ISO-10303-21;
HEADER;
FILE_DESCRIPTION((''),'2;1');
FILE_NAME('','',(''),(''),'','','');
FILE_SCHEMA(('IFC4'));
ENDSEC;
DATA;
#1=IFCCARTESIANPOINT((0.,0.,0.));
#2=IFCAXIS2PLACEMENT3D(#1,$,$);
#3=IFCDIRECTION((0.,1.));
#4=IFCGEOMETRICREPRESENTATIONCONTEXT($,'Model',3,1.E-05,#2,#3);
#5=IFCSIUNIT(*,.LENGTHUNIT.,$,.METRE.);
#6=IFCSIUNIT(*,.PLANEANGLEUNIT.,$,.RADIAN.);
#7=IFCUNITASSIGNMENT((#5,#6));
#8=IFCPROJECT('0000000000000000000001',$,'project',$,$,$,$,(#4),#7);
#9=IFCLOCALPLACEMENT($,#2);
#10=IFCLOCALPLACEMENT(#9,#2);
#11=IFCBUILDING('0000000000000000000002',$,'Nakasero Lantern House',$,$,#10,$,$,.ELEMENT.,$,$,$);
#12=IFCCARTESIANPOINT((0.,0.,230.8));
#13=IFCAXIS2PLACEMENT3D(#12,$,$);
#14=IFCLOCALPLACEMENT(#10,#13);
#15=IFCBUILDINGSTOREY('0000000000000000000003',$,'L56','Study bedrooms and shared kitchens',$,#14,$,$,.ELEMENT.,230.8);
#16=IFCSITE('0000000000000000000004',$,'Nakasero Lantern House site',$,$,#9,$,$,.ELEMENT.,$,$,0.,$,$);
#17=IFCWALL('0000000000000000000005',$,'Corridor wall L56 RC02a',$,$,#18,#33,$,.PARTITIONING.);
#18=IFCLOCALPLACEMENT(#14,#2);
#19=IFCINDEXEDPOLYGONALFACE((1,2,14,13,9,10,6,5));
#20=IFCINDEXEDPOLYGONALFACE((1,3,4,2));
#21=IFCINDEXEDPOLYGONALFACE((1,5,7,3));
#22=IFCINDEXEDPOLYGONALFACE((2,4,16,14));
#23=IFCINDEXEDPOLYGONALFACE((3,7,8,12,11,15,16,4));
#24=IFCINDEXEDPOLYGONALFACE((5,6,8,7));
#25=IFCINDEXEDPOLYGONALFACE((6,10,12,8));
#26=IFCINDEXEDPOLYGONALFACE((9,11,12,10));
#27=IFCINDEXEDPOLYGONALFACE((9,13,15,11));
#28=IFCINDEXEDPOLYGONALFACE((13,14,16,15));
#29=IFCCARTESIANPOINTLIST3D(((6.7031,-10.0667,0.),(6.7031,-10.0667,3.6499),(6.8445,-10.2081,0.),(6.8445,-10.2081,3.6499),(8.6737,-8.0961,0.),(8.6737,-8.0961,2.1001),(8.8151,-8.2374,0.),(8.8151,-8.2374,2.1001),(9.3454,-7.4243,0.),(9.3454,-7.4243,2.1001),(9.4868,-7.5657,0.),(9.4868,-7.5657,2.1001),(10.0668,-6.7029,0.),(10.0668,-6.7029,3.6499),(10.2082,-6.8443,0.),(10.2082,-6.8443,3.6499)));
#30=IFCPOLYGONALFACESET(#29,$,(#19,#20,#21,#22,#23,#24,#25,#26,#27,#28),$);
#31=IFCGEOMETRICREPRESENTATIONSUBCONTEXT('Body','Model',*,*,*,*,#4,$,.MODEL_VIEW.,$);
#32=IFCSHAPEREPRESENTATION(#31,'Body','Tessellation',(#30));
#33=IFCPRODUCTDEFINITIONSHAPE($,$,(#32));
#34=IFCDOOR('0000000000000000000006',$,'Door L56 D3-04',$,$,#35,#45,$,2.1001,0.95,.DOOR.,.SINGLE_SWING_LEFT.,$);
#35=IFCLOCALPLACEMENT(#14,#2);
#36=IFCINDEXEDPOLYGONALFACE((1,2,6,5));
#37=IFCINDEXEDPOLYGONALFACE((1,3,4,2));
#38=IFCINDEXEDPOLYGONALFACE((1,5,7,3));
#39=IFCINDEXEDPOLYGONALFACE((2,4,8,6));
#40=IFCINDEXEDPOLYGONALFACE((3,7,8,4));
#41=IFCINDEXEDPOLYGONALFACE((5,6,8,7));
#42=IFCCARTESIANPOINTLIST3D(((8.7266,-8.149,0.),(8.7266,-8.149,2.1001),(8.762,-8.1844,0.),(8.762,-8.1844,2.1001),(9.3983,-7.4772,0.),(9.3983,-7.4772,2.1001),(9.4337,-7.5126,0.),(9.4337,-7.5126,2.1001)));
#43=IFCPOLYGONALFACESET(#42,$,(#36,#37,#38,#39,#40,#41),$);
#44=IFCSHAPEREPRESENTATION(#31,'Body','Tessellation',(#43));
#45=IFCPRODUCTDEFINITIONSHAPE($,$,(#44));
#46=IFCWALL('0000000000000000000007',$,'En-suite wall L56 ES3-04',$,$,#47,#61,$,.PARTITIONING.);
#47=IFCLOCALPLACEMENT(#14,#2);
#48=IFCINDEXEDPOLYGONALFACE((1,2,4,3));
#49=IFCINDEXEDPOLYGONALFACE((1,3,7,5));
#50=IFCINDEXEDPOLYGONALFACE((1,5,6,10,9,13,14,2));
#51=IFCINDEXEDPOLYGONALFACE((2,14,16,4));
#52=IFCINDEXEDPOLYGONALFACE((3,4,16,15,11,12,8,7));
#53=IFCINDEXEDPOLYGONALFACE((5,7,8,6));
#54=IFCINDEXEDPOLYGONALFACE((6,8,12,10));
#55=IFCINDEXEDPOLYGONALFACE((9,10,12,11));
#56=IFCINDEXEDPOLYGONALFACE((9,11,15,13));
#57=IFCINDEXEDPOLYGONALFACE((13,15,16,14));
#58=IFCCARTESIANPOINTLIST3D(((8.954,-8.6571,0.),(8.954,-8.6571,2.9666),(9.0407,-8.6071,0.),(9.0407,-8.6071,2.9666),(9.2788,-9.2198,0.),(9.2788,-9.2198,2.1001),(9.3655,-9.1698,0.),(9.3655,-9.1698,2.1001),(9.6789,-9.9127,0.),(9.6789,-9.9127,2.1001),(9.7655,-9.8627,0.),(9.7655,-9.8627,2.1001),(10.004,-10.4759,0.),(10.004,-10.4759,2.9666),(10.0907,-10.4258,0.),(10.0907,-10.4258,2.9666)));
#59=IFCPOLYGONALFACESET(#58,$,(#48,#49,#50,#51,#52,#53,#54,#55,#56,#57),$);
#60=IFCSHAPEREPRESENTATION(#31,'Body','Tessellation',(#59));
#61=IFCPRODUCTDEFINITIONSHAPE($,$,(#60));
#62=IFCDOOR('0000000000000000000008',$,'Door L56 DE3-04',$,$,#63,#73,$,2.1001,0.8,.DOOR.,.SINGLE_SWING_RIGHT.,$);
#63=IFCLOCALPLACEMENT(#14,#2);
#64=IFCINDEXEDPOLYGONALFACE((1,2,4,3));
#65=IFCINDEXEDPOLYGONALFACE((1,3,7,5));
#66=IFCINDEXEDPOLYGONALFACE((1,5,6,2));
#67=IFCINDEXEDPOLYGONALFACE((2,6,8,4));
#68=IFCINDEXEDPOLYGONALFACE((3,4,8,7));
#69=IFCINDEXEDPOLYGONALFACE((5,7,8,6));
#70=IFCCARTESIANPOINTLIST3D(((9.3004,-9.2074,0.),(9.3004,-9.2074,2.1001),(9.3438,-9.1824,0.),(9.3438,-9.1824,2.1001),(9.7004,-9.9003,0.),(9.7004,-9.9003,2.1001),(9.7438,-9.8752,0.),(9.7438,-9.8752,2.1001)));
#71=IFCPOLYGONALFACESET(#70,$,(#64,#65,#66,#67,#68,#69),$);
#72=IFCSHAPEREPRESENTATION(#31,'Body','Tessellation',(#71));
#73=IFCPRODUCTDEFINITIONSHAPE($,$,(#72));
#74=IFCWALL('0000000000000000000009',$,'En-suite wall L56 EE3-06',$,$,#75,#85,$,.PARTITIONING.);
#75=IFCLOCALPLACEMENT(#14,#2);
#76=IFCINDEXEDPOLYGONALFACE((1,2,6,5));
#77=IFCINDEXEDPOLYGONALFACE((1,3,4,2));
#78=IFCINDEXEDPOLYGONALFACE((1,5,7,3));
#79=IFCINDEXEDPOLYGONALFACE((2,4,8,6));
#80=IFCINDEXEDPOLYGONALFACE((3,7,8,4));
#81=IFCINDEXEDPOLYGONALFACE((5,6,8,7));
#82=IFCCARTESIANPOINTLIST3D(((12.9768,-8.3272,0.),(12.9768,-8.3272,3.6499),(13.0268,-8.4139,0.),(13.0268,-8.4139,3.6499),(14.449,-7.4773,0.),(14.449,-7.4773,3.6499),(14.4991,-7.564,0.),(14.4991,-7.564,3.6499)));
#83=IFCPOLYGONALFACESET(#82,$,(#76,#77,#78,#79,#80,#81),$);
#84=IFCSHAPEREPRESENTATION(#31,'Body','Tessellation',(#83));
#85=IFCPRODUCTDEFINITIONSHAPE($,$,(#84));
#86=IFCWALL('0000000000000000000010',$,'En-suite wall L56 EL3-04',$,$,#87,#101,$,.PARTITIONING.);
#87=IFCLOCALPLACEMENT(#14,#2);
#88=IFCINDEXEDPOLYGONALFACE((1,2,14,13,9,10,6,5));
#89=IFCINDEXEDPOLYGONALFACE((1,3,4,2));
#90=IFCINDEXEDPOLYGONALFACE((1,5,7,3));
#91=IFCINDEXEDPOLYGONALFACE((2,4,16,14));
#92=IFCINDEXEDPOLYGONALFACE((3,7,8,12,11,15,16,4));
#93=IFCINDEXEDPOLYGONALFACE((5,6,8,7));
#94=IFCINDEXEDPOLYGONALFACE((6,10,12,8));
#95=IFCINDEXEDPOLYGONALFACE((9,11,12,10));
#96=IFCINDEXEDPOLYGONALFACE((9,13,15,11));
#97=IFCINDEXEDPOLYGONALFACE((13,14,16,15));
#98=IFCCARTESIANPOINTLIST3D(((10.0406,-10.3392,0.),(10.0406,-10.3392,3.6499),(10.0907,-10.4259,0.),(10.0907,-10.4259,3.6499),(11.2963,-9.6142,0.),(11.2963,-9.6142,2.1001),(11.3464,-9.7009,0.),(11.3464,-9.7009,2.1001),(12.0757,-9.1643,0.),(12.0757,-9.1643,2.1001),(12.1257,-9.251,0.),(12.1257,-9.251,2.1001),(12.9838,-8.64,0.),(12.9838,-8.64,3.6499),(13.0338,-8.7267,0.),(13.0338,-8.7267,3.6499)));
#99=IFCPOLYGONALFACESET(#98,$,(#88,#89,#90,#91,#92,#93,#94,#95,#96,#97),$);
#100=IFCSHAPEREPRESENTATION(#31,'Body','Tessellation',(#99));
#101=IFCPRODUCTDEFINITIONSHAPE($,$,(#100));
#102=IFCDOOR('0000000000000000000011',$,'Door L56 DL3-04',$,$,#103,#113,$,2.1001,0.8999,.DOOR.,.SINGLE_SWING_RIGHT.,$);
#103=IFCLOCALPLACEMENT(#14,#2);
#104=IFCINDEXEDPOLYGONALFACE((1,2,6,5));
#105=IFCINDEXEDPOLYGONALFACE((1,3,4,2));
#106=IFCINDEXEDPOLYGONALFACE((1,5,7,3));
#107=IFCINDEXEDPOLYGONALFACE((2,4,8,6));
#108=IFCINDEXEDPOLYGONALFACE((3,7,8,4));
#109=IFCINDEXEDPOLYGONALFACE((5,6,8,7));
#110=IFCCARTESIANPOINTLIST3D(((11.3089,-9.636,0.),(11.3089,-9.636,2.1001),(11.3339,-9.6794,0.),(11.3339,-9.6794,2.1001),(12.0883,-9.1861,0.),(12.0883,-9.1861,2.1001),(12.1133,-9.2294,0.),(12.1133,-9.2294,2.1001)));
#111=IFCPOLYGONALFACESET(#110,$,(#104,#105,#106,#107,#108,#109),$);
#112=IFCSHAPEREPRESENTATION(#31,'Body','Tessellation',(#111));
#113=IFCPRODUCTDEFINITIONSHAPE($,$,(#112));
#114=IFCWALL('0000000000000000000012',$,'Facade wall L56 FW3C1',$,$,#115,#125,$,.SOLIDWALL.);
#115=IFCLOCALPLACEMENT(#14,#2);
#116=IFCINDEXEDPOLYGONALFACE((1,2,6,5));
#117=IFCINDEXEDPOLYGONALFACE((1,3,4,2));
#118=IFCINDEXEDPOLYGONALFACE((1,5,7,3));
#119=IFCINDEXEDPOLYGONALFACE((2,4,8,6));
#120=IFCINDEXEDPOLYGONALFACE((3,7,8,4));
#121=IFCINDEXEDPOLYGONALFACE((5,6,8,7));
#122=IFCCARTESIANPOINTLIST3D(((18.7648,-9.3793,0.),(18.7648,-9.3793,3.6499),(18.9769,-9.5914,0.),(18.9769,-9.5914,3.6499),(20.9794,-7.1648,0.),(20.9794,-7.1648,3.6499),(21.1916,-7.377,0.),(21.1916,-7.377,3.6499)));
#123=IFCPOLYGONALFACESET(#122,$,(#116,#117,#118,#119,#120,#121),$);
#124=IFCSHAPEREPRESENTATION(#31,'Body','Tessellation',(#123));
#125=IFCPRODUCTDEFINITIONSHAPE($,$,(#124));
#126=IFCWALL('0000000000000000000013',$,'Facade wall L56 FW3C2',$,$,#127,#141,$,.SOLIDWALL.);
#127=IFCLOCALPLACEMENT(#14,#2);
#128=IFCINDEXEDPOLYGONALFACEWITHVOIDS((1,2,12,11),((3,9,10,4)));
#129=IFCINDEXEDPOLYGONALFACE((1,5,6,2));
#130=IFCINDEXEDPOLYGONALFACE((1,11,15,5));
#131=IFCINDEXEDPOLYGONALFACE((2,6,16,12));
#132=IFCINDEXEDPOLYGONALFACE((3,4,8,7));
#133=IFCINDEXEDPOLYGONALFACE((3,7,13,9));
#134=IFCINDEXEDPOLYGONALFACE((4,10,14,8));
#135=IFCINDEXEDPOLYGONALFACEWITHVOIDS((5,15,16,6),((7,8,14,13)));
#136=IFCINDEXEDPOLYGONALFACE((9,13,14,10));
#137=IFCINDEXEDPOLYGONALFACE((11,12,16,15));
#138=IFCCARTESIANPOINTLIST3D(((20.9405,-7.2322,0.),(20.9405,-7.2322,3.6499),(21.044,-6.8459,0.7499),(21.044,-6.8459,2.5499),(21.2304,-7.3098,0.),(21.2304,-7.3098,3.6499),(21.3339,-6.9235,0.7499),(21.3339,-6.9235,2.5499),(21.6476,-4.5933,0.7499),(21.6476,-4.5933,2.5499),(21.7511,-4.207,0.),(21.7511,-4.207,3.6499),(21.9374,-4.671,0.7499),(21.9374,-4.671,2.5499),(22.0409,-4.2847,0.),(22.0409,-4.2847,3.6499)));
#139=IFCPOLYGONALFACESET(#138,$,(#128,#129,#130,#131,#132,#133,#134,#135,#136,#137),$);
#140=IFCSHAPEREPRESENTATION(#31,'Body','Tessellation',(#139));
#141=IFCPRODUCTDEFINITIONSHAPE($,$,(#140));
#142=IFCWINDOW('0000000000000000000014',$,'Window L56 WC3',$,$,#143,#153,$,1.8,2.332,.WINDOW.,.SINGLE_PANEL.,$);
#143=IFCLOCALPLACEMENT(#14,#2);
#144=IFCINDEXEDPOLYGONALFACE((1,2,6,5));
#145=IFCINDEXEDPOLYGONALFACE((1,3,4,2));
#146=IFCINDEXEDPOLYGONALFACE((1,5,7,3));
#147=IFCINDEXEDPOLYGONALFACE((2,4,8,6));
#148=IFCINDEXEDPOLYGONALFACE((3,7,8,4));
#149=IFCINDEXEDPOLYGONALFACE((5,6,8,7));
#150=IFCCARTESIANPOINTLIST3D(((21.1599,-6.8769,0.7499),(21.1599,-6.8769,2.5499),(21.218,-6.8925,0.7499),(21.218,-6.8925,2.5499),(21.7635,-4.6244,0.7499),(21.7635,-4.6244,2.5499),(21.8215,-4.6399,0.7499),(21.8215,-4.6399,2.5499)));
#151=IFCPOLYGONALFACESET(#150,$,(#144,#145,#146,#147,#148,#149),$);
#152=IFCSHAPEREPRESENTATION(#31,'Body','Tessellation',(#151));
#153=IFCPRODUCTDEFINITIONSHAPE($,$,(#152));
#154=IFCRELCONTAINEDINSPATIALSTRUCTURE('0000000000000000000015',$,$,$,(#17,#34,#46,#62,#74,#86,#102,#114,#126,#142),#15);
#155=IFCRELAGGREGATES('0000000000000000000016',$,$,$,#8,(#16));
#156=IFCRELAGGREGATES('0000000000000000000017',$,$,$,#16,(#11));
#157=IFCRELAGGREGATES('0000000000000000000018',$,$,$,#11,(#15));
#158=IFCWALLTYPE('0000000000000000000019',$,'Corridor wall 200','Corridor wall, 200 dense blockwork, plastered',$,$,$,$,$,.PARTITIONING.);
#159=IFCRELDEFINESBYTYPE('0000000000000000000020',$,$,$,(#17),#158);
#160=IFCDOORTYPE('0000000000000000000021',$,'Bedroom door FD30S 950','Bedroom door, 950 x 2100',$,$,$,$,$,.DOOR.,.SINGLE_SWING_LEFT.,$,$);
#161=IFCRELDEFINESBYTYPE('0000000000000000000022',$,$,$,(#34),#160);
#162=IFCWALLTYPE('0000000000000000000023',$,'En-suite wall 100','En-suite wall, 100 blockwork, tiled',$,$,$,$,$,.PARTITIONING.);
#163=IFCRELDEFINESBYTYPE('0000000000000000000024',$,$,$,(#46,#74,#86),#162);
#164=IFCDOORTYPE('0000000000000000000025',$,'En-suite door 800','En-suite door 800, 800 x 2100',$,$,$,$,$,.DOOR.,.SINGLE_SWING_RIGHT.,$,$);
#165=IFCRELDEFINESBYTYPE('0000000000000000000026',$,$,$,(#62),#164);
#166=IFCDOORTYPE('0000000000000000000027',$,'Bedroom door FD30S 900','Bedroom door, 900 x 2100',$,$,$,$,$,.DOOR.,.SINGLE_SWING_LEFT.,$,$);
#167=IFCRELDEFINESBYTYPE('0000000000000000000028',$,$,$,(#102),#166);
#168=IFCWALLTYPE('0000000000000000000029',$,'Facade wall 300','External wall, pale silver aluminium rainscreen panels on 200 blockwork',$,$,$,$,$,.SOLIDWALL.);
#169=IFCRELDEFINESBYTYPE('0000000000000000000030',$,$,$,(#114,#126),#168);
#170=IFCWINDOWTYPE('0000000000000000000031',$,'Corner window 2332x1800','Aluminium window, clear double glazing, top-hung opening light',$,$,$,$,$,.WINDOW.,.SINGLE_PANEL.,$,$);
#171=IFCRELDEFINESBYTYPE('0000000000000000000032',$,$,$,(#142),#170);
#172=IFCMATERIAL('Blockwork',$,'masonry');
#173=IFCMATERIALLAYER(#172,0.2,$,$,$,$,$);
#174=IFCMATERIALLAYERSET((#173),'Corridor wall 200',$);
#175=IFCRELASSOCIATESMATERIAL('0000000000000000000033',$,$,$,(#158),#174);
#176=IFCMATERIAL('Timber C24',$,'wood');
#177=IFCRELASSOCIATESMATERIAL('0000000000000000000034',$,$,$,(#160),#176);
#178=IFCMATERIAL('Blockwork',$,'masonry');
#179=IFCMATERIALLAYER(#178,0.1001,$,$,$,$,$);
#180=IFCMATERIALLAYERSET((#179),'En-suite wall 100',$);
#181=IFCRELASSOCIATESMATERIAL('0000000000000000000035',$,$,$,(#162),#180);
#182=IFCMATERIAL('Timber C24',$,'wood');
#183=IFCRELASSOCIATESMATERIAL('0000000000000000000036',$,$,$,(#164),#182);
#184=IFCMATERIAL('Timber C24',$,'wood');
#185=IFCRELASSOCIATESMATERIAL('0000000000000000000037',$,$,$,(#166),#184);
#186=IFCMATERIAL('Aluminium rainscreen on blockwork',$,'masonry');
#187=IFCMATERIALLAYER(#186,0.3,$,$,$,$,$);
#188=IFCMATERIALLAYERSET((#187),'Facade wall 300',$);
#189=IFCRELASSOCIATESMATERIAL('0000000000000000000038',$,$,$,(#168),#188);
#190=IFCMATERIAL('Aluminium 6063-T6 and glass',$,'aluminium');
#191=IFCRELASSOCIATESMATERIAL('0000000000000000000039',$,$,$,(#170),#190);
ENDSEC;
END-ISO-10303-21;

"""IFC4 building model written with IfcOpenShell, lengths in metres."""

from ifc_helpers import new_model, si_unit, direction, frame, frame_2d, origin, place, context, subcontext, project, spatial, rectangle, extrude, material, layer, layer_set, type_object, element, fill, save


model = new_model("IFC4")

# Units and contexts
model_context = context("Model", 3, precision=1e-05, world=origin(), true_north=direction((0.0, 1.0)))
body_context = subcontext(model_context, "Body", "Model", "MODEL_VIEW")
ifc_project = project(units=[si_unit("LENGTHUNIT", "METRE"), si_unit("PLANEANGLEUNIT", "RADIAN")], contexts=[model_context])

# Site, building, storey
site_placement = place(None, origin())
site = spatial("IfcSite", under=ifc_project, at=site_placement, Name="Nakasero Lantern House site", CompositionType="ELEMENT", RefElevation=0.0)
building_placement = place(site_placement, origin())
building = spatial("IfcBuilding", under=site, at=building_placement, Name="Nakasero Lantern House", CompositionType="ELEMENT")
storey_placement = place(building_placement, frame((0.0, 0.0, 230.8)))
storey = spatial("IfcBuildingStorey", under=building, at=storey_placement, Name="L56", Description="Study bedrooms and shared kitchens", CompositionType="ELEMENT", Elevation=230.8)

# Walls, openings, doors
ifc_material_1 = material(Name="Blockwork", Category="masonry")
ifc_layer_1 = layer(ifc_material_1, 0.2)
ifc_layer_set_1 = layer_set([ifc_layer_1], Name="Corridor wall 200")
wall_type_1 = type_object("IfcWallType", Name="Corridor wall 200", Description="Corridor wall, 200 dense blockwork, plastered", PredefinedType="PARTITIONING", material=ifc_layer_set_1)
wall_1_placement = place(storey_placement, frame((10.1375, -6.7737, 0.0), z_axis=(0.0, 0.0, 1.0), x_axis=(-0.707107, -0.707107, 0.0)))
wall_1 = element("IfcWall", 1, at=wall_1_placement, inside=storey, type_object=wall_type_1, Name="Corridor wall L56 RC02a", PredefinedType="PARTITIONING", context=body_context, shape_type="SweptSolid", body=[
    extrude(rectangle(XDim=4.7571, YDim=0.2, at=frame_2d((2.3784, 0.0))), origin(), (0.0, 0.0, 1.0), 3.6499),
])
opening_1_placement = place(wall_1_placement, frame((1.02, 0.0, 0.0)))
opening_1 = element("IfcOpeningElement", 2, at=opening_1_placement, cuts=wall_1, PredefinedType="OPENING", context=body_context, shape_type="SweptSolid", body=[
    extrude(rectangle(XDim=0.95, YDim=2.1001, at=frame_2d((0.4751, 1.05))), frame((0.0, 0.1199, 0.0), z_axis=(0.0, -1.0, 0.0), x_axis=(1.0, 0.0, 0.0)), (0.0, 0.0, 1.0), 0.24),
])
ifc_material_2 = material(Name="Timber C24", Category="wood")
door_type_1 = type_object("IfcDoorType", Name="Bedroom door FD30S 950", Description="Bedroom door, 950 x 2100", OperationType="SINGLE_SWING_LEFT", PredefinedType="DOOR", material=ifc_material_2)
door_1_placement = place(opening_1_placement, origin())
door_1 = element("IfcDoor", 3, at=door_1_placement, inside=storey, type_object=door_type_1, Name="Door L56 D3-04", OperationType="SINGLE_SWING_LEFT", OverallHeight=2.1001, OverallWidth=0.95, PredefinedType="DOOR", context=body_context, shape_type="SweptSolid", body=[
    extrude(rectangle(XDim=0.95, YDim=2.1001, at=frame_2d((0.4751, 1.05))), frame((0.0, 0.0249, 0.0), z_axis=(0.0, -1.0, 0.0), x_axis=(1.0, 0.0, 0.0)), (0.0, 0.0, 1.0), 0.05),
])
fill(opening_1, door_1)
ifc_material_3 = material(Name="Blockwork", Category="masonry")
ifc_layer_2 = layer(ifc_material_3, 0.1001)
ifc_layer_set_2 = layer_set([ifc_layer_2], Name="En-suite wall 100")
wall_type_2 = type_object("IfcWallType", Name="En-suite wall 100", Description="En-suite wall, 100 blockwork, tiled", PredefinedType="PARTITIONING", material=ifc_layer_set_2)
wall_2_placement = place(storey_placement, frame((8.9973, -8.6321, 0.0), z_axis=(0.0, 0.0, 1.0), x_axis=(0.499977, -0.866038, 0.0)))
wall_2 = element("IfcWall", 4, at=wall_2_placement, inside=storey, type_object=wall_type_2, Name="En-suite wall L56 ES3-04", PredefinedType="PARTITIONING", context=body_context, shape_type="SweptSolid", body=[
    extrude(rectangle(XDim=2.1001, YDim=0.1001, at=frame_2d((1.05, 0.0))), origin(), (0.0, 0.0, 1.0), 2.9666),
])
opening_2_placement = place(wall_2_placement, frame((0.6499, 0.0, 0.0)))
opening_2 = element("IfcOpeningElement", 5, at=opening_2_placement, cuts=wall_2, PredefinedType="OPENING", context=body_context, shape_type="SweptSolid", body=[
    extrude(rectangle(XDim=0.8, YDim=2.1001, at=frame_2d((0.3999, 1.05))), frame((0.0, 0.0701, 0.0), z_axis=(0.0, -1.0, 0.0), x_axis=(1.0, 0.0, 0.0)), (0.0, 0.0, 1.0), 0.1401),
])
ifc_material_4 = material(Name="Timber C24", Category="wood")
door_type_2 = type_object("IfcDoorType", Name="En-suite door 800", Description="En-suite door 800, 800 x 2100", OperationType="SINGLE_SWING_RIGHT", PredefinedType="DOOR", material=ifc_material_4)
door_2_placement = place(opening_2_placement, origin())
door_2 = element("IfcDoor", 6, at=door_2_placement, inside=storey, type_object=door_type_2, Name="Door L56 DE3-04", OperationType="SINGLE_SWING_RIGHT", OverallHeight=2.1001, OverallWidth=0.8, PredefinedType="DOOR", context=body_context, shape_type="SweptSolid", body=[
    extrude(rectangle(XDim=0.8, YDim=2.1001, at=frame_2d((0.3999, 1.05))), frame((0.0, 0.0249, 0.0), z_axis=(0.0, -1.0, 0.0), x_axis=(1.0, 0.0, 0.0)), (0.0, 0.0, 1.0), 0.05),
])
fill(opening_2, door_2)

# Wall
wall_3_placement = place(storey_placement, frame((13.0017, -8.3706, 0.0), z_axis=(0.0, 0.0, 1.0), x_axis=(0.866052, 0.499955, 0.0)))
element("IfcWall", 7, at=wall_3_placement, inside=storey, type_object=wall_type_2, Name="En-suite wall L56 EE3-06", PredefinedType="PARTITIONING", context=body_context, shape_type="SweptSolid", body=[
    extrude(rectangle(XDim=1.7, YDim=0.1001, at=frame_2d((0.8501, 0.0))), origin(), (0.0, 0.0, 1.0), 3.6499),
])

# Wall, opening, door
wall_4_placement = place(storey_placement, frame((10.0657, -10.3826, 0.0), z_axis=(0.0, 0.0, 1.0), x_axis=(0.866024, 0.500002, 0.0)))
wall_4 = element("IfcWall", 8, at=wall_4_placement, inside=storey, type_object=wall_type_2, Name="En-suite wall L56 EL3-04", PredefinedType="PARTITIONING", context=body_context, shape_type="SweptSolid", body=[
    extrude(rectangle(XDim=3.3984, YDim=0.1001, at=frame_2d((1.6992, 0.0))), origin(), (0.0, 0.0, 1.0), 3.6499),
])
opening_3_placement = place(wall_4_placement, frame((1.45, 0.0, 0.0)))
opening_3 = element("IfcOpeningElement", 9, at=opening_3_placement, cuts=wall_4, PredefinedType="OPENING", context=body_context, shape_type="SweptSolid", body=[
    extrude(rectangle(XDim=0.8999, YDim=2.1001, at=frame_2d((0.45, 1.05))), frame((0.0, 0.0701, 0.0), z_axis=(0.0, -1.0, 0.0), x_axis=(1.0, 0.0, 0.0)), (0.0, 0.0, 1.0), 0.1401),
])
ifc_material_5 = material(Name="Timber C24", Category="wood")
door_type_3 = type_object("IfcDoorType", Name="Bedroom door FD30S 900", Description="Bedroom door, 900 x 2100", OperationType="SINGLE_SWING_LEFT", PredefinedType="DOOR", material=ifc_material_5)
door_3_placement = place(opening_3_placement, origin())
door_3 = element("IfcDoor", 10, at=door_3_placement, inside=storey, type_object=door_type_3, Name="Door L56 DL3-04", OperationType="SINGLE_SWING_RIGHT", OverallHeight=2.1001, OverallWidth=0.8999, PredefinedType="DOOR", context=body_context, shape_type="SweptSolid", body=[
    extrude(rectangle(XDim=0.8999, YDim=2.1001, at=frame_2d((0.45, 1.05))), frame((0.0, 0.0249, 0.0), z_axis=(0.0, -1.0, 0.0), x_axis=(1.0, 0.0, 0.0)), (0.0, 0.0, 1.0), 0.05),
])
fill(opening_3, door_3)

# Wall
ifc_material_6 = material(Name="Aluminium rainscreen on blockwork", Category="masonry")
ifc_layer_3 = layer(ifc_material_6, 0.3)
ifc_layer_set_3 = layer_set([ifc_layer_3], Name="Facade wall 300")
wall_type_3 = type_object("IfcWallType", Name="Facade wall 300", Description="External wall, pale silver aluminium rainscreen panels on 200 blockwork", PredefinedType="SOLIDWALL", material=ifc_layer_set_3)
wall_5_placement = place(storey_placement, frame((18.8708, -9.4854, 0.0), z_axis=(0.0, 0.0, 1.0), x_axis=(0.707146, 0.707068, 0.0)))
element("IfcWall", 11, at=wall_5_placement, inside=storey, type_object=wall_type_3, Name="Facade wall L56 FW3C1", PredefinedType="SOLIDWALL", context=body_context, shape_type="SweptSolid", body=[
    extrude(rectangle(XDim=3.1318, YDim=0.3, at=frame_2d((1.5659, 0.0))), origin(), (0.0, 0.0, 1.0), 3.6499),
])

# Wall, opening, window
wall_6_placement = place(storey_placement, frame((21.0854, -7.271, 0.0), z_axis=(0.0, 0.0, 1.0), x_axis=(0.258808, 0.965929, 0.0)))
wall_6 = element("IfcWall", 12, at=wall_6_placement, inside=storey, type_object=wall_type_3, Name="Facade wall L56 FW3C2", PredefinedType="SOLIDWALL", context=body_context, shape_type="SweptSolid", body=[
    extrude(rectangle(XDim=3.1318, YDim=0.3, at=frame_2d((1.5659, 0.0))), origin(), (0.0, 0.0, 1.0), 3.6499),
])
opening_4_placement = place(wall_6_placement, frame((0.3999, 0.0, 0.75)))
opening_4 = element("IfcOpeningElement", 13, at=opening_4_placement, cuts=wall_6, PredefinedType="OPENING", context=body_context, shape_type="SweptSolid", body=[
    extrude(rectangle(XDim=2.332, YDim=1.8, at=frame_2d((1.166, 0.8999))), frame((0.0, 0.1699, 0.0), z_axis=(0.0, -1.0, 0.0), x_axis=(1.0, 0.0, 0.0)), (0.0, 0.0, 1.0), 0.3401),
])
ifc_material_7 = material(Name="Aluminium 6063-T6 and glass", Category="aluminium")
window_type = type_object("IfcWindowType", Name="Corner window 2332x1800", Description="Aluminium window, clear double glazing, top-hung opening light", PartitioningType="SINGLE_PANEL", PredefinedType="WINDOW", material=ifc_material_7)
window_placement = place(opening_4_placement, origin())
window = element("IfcWindow", 14, at=window_placement, inside=storey, type_object=window_type, Name="Window L56 WC3", OverallHeight=1.8, OverallWidth=2.332, PartitioningType="SINGLE_PANEL", PredefinedType="WINDOW", context=body_context, shape_type="SweptSolid", body=[
    extrude(rectangle(XDim=2.332, YDim=1.8, at=frame_2d((1.166, 0.8999))), frame((0.0, 0.03, 0.0), z_axis=(0.0, -1.0, 0.0), x_axis=(1.0, 0.0, 0.0)), (0.0, 0.0, 1.0), 0.0601),
])
fill(opening_4, window)

save(model, "model.ifc")
